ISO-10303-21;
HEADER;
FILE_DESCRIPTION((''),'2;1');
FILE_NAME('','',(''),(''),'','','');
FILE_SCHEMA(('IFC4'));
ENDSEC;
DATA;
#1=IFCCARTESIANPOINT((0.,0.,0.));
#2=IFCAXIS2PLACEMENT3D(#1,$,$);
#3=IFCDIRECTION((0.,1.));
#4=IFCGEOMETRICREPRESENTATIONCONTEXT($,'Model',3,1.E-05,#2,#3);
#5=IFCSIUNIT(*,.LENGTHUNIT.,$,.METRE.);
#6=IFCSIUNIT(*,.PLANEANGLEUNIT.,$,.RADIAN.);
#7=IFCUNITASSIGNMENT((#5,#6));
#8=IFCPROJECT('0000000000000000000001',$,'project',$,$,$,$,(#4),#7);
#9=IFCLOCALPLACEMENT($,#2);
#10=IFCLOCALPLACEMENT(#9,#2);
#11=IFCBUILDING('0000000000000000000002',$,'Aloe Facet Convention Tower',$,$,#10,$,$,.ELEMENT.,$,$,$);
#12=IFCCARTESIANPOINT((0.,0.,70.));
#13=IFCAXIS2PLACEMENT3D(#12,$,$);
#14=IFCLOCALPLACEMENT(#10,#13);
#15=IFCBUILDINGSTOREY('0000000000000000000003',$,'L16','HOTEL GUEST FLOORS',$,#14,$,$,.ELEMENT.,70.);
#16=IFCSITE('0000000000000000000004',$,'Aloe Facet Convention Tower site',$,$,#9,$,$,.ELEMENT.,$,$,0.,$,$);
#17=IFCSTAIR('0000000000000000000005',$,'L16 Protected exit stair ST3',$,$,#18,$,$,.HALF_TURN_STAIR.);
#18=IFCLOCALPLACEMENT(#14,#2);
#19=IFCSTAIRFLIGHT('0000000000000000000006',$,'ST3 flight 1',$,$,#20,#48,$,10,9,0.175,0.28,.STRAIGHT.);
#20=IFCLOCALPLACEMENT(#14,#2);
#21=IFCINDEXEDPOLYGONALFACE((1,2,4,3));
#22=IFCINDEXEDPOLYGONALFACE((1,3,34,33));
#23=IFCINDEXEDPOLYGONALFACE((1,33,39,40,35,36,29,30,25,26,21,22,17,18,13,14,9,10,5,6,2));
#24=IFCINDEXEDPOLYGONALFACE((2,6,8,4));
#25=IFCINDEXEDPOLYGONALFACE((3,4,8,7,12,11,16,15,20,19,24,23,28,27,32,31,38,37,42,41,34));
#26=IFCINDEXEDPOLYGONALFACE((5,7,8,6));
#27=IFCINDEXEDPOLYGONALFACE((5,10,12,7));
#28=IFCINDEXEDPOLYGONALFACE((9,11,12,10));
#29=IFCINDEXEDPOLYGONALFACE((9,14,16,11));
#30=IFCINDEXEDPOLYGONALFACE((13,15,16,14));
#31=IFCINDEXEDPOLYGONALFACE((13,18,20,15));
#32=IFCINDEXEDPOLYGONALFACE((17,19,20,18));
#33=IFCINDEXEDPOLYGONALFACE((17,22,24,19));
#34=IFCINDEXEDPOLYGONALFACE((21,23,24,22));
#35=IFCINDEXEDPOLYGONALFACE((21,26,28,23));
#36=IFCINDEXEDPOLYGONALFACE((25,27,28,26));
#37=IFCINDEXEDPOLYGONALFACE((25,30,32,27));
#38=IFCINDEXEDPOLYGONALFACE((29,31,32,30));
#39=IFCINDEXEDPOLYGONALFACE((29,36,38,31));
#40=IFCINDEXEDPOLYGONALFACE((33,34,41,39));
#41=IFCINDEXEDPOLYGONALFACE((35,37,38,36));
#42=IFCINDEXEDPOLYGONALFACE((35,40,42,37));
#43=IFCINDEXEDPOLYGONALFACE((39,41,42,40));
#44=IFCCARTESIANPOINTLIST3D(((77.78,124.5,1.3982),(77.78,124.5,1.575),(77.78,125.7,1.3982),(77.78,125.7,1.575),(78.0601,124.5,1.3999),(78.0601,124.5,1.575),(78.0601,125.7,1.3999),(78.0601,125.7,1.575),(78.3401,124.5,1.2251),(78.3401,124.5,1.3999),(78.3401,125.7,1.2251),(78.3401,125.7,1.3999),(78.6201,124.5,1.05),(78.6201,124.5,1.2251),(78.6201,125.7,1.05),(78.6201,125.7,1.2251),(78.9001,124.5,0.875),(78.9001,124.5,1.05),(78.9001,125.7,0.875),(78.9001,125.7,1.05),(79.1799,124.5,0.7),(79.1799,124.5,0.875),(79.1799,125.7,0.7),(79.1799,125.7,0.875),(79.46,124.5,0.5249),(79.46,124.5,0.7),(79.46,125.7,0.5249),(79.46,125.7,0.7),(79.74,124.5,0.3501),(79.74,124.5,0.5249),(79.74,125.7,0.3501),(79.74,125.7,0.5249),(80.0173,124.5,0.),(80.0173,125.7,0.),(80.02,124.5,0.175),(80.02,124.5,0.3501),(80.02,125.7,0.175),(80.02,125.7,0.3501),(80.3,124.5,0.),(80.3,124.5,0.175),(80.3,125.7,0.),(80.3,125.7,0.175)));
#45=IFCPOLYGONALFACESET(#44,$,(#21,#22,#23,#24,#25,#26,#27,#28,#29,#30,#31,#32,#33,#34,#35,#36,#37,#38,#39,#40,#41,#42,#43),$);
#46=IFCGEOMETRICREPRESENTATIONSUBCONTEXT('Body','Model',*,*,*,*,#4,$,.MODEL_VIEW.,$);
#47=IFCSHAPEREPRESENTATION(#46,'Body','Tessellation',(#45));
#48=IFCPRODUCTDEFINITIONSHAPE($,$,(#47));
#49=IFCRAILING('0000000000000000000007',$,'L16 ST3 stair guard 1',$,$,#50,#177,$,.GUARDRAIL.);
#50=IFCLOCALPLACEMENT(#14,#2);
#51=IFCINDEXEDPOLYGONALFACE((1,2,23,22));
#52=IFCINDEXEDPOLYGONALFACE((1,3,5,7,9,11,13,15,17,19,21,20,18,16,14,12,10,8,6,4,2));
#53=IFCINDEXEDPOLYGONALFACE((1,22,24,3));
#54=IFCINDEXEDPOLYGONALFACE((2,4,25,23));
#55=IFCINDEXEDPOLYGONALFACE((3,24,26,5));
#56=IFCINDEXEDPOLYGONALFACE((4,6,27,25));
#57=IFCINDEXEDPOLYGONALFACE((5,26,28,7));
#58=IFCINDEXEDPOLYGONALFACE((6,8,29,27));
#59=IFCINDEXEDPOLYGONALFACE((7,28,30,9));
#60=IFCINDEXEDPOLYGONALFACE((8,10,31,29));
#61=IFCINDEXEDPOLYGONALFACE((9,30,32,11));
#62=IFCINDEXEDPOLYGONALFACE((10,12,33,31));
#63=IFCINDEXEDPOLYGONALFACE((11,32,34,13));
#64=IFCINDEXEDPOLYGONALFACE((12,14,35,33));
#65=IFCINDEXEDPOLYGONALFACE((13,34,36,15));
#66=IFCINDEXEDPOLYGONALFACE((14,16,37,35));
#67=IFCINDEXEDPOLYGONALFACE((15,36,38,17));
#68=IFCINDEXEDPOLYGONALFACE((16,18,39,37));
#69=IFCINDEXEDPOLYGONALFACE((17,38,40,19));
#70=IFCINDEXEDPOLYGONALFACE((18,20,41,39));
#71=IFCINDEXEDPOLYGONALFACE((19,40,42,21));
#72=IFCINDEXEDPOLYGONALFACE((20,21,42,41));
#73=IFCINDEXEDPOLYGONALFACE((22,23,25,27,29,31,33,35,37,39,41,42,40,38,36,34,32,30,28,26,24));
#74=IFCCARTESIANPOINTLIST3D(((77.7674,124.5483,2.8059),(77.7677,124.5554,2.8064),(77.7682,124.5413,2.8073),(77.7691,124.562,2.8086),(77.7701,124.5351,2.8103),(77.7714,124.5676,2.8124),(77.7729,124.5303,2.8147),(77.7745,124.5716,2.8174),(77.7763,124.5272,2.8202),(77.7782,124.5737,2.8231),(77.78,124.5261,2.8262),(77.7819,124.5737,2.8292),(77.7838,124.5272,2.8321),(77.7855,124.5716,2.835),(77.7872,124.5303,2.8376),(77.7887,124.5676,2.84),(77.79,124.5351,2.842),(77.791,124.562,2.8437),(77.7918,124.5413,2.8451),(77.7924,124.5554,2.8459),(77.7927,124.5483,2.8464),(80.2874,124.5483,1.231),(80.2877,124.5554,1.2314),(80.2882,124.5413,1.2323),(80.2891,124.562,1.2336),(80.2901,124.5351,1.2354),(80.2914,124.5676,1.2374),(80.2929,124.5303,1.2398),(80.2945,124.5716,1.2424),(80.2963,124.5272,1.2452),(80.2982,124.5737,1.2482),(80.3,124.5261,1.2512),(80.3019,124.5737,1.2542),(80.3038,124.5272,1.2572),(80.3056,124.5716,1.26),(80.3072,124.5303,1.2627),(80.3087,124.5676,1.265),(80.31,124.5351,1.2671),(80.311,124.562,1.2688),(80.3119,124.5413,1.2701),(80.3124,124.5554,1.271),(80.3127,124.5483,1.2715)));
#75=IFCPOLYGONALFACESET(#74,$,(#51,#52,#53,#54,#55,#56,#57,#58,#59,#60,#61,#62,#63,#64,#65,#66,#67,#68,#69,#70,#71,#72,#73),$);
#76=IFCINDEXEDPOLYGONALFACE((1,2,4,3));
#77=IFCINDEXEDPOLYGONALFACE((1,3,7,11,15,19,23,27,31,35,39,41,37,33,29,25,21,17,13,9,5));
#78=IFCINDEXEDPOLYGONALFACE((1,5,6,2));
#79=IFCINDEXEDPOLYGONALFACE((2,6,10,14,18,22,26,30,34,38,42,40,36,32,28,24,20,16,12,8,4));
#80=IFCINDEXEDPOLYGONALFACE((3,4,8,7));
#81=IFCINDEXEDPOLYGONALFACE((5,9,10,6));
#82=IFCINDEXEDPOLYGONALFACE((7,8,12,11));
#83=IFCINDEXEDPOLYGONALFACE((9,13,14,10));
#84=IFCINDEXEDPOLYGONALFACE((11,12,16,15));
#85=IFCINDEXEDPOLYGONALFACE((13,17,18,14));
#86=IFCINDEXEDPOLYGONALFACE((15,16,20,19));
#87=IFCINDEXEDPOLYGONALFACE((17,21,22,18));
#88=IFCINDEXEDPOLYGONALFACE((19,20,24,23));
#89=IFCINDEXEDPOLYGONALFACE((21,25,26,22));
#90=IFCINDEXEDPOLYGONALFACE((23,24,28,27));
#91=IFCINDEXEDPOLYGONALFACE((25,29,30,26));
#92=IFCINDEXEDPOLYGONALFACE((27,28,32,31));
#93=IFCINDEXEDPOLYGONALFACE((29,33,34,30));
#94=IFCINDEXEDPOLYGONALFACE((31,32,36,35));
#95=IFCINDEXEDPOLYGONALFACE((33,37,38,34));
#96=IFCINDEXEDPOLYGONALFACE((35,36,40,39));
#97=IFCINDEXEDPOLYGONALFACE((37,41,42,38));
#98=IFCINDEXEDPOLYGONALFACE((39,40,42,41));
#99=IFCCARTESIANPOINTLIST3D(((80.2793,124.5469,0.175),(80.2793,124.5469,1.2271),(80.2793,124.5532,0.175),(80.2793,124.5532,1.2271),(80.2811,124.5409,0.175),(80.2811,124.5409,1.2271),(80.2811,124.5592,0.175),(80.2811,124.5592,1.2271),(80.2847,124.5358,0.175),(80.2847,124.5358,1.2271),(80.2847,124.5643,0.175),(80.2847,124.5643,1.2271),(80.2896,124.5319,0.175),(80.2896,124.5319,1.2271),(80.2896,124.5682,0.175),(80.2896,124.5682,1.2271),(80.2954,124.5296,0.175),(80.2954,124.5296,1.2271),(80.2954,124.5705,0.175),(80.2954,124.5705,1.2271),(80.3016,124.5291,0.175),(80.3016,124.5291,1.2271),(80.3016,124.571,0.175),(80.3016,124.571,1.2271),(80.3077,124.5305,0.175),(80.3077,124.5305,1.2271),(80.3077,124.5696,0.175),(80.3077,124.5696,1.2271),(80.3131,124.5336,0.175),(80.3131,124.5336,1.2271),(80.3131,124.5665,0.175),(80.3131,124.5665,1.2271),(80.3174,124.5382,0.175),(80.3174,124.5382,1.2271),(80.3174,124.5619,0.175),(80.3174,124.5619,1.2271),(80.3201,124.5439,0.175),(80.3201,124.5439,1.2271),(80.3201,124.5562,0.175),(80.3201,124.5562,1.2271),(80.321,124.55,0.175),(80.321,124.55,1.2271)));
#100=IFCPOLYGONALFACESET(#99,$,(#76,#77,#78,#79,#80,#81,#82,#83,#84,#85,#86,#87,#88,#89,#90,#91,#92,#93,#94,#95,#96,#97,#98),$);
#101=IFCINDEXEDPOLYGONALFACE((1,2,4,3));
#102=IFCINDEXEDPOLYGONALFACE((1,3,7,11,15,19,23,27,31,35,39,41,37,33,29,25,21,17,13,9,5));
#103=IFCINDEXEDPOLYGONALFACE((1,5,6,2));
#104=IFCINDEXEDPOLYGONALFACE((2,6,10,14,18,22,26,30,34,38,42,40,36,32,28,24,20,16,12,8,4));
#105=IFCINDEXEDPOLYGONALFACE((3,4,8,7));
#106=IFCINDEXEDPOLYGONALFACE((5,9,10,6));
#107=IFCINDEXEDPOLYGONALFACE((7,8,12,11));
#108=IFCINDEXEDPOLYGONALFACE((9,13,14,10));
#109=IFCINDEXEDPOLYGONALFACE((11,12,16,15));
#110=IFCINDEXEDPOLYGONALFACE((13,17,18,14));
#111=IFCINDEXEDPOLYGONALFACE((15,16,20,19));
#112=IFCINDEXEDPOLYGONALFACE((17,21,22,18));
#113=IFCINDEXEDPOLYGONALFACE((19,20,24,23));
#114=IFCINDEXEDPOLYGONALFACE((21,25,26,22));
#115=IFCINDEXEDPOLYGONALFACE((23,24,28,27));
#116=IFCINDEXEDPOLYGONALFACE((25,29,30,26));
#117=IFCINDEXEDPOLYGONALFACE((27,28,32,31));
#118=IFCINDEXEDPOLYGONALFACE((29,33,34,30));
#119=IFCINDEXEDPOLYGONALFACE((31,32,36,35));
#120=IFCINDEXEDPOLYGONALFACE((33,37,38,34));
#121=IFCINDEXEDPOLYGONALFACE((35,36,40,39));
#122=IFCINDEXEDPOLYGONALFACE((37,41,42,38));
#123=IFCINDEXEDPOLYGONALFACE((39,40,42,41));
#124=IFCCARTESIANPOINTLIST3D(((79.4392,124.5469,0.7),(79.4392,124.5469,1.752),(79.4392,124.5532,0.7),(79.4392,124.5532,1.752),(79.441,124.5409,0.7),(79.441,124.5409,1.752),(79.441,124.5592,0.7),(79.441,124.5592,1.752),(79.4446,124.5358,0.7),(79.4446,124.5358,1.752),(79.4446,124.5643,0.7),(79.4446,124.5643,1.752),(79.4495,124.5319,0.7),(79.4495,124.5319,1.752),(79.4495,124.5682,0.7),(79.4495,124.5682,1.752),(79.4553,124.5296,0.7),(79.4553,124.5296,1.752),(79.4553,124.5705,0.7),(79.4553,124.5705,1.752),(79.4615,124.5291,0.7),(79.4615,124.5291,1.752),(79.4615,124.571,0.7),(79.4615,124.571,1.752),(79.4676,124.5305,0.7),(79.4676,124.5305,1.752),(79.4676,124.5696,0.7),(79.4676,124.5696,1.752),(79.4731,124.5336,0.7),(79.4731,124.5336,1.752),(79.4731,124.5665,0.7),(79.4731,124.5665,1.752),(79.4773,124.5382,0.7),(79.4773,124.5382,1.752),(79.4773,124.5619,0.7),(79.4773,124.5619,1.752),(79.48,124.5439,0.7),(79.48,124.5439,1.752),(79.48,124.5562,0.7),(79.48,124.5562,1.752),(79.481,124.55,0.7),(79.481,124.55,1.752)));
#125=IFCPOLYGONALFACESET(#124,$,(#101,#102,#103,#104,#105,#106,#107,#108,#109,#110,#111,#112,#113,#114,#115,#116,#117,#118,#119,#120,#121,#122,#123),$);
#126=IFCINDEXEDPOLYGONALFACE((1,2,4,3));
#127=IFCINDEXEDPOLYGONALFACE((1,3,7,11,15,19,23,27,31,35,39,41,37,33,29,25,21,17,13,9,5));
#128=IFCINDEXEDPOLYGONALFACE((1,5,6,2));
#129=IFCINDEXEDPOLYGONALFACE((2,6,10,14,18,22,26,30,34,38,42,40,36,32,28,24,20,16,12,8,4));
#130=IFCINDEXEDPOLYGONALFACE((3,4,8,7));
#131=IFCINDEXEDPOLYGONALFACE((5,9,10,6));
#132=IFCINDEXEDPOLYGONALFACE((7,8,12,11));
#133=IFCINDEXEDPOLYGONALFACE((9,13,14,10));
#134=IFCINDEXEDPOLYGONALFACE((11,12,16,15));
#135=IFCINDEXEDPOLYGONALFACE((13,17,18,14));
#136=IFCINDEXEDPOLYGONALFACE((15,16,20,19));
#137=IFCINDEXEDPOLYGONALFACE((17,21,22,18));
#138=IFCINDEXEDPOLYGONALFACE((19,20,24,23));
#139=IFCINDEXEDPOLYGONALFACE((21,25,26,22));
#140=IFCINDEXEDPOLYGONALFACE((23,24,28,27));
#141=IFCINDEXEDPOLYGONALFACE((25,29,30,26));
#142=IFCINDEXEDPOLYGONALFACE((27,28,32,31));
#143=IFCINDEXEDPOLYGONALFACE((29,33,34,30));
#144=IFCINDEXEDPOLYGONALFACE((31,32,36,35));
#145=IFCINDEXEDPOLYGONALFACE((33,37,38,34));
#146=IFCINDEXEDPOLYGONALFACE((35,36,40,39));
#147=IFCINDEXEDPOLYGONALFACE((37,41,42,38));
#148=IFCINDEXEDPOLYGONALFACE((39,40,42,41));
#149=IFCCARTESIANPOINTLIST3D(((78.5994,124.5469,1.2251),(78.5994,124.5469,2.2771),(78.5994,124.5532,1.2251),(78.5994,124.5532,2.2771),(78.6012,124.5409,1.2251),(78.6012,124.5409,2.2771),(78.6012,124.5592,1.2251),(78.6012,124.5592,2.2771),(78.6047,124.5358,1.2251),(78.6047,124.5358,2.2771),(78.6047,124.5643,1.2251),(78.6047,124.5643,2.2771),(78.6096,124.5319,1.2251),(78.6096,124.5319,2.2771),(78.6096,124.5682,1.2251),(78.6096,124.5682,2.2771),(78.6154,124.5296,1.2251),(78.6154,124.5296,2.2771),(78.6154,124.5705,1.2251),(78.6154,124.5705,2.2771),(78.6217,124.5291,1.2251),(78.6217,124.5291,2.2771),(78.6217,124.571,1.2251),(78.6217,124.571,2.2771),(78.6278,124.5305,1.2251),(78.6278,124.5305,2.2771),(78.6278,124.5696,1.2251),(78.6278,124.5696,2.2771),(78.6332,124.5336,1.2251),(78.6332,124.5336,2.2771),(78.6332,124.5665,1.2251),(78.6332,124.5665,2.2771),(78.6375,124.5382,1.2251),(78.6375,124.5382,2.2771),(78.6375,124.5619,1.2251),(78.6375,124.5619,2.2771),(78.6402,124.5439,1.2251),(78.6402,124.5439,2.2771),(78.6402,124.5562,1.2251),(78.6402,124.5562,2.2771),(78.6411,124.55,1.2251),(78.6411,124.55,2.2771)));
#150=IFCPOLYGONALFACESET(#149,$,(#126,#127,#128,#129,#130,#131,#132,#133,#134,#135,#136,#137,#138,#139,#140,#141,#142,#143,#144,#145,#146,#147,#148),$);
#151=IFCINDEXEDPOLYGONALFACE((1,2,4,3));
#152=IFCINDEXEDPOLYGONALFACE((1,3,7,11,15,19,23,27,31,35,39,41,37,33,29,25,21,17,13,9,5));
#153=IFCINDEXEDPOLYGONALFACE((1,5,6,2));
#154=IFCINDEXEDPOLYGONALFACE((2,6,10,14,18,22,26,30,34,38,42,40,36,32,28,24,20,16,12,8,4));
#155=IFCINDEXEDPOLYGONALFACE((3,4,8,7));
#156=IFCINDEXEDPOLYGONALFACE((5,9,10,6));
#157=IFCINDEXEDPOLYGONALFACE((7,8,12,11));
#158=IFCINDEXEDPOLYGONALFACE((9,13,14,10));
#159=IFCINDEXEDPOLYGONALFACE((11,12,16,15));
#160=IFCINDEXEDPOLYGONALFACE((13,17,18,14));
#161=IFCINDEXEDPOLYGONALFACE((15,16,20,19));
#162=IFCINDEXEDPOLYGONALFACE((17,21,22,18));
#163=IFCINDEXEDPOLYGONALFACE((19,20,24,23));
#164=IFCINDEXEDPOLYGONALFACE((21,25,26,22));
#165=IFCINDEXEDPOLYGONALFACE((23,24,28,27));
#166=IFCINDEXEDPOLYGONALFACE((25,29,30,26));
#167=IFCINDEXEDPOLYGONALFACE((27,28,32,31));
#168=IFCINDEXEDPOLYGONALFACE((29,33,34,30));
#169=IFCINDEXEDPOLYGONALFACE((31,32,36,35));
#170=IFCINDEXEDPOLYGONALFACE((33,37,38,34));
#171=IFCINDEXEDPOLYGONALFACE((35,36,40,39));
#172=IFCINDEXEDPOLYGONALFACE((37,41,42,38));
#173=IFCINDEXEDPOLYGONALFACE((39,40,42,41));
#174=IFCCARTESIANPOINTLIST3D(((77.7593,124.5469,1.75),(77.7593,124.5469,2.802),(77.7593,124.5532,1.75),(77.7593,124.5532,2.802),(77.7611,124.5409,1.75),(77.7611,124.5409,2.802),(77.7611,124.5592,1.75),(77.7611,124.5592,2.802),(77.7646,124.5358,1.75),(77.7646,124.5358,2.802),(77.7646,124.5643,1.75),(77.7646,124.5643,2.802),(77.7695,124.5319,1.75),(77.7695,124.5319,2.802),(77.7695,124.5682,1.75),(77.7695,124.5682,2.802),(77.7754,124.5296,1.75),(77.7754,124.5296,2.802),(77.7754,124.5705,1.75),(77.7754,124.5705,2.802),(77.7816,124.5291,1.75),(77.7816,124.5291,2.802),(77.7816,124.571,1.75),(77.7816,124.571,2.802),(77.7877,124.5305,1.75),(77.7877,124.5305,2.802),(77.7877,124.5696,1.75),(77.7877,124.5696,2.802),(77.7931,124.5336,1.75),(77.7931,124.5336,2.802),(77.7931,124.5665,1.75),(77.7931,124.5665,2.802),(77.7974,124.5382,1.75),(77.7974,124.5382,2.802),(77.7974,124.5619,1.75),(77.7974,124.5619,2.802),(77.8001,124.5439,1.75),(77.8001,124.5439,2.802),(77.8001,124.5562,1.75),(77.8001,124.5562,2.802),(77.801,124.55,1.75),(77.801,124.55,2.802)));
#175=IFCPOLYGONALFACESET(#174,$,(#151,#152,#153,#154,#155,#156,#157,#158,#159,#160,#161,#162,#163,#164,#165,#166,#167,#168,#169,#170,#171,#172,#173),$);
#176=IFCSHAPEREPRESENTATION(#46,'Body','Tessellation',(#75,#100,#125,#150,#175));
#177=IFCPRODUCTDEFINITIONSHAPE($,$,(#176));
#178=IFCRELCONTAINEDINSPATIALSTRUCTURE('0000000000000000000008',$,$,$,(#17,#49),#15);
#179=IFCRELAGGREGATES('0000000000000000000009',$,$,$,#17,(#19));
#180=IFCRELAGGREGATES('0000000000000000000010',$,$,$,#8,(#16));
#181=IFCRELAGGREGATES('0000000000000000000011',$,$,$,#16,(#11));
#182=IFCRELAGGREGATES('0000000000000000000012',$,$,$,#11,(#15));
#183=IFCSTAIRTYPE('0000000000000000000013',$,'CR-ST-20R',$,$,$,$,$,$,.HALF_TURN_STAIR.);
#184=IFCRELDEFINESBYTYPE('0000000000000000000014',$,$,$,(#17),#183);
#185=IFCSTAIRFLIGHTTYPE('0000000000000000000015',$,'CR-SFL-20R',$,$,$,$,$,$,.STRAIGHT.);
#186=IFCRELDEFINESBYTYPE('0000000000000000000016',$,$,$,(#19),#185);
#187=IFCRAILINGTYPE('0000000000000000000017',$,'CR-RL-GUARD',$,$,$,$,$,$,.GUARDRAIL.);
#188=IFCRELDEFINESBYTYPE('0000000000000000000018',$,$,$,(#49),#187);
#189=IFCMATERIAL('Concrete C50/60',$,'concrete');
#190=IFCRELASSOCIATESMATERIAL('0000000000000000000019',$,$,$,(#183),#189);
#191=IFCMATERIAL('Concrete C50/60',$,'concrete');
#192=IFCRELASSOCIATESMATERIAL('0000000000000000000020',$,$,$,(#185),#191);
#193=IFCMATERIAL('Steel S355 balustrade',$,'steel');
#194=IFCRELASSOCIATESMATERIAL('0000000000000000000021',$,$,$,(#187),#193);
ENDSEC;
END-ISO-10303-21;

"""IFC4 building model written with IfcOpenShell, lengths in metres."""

from ifc_helpers import new_model, si_unit, direction, frame, origin, origin_2d, place, context, subcontext, project, spatial, polyline, circle, outline, extrude, material, type_object, element, aggregate, save


model = new_model("IFC4")

# Units and contexts
model_context = context("Model", 3, precision=1e-05, world=origin(), true_north=direction((0.0, 1.0)))
body_context = subcontext(model_context, "Body", "Model", "MODEL_VIEW")
ifc_project = project(units=[si_unit("LENGTHUNIT", "METRE"), si_unit("PLANEANGLEUNIT", "RADIAN")], contexts=[model_context])

# Site, building, storey
site_placement = place(None, origin())
site = spatial("IfcSite", under=ifc_project, at=site_placement, Name="Aloe Facet Convention Tower site", CompositionType="ELEMENT", RefElevation=0.0)
building_placement = place(site_placement, origin())
building = spatial("IfcBuilding", under=site, at=building_placement, Name="Aloe Facet Convention Tower", CompositionType="ELEMENT")
storey_placement = place(building_placement, frame((0.0, 0.0, 70.0)))
storey = spatial("IfcBuildingStorey", under=building, at=storey_placement, Name="L16", Description="HOTEL GUEST FLOORS", CompositionType="ELEMENT", Elevation=70.0)

# Stair, stair flight
ifc_material_1 = material(Name="Concrete C50/60", Category="concrete")
stair_type = type_object("IfcStairType", Name="CR-ST-20R", PredefinedType="HALF_TURN_STAIR", material=ifc_material_1)
stair_placement = place(storey_placement, origin())
stair = element("IfcStair", 1, at=stair_placement, inside=storey, type_object=stair_type, Name="L16 Protected exit stair ST3", PredefinedType="HALF_TURN_STAIR")
ifc_material_2 = material(Name="Concrete C50/60", Category="concrete")
stair_flight_type = type_object("IfcStairFlightType", Name="CR-SFL-20R", PredefinedType="STRAIGHT", material=ifc_material_2)
stair_flight_placement = place(storey_placement, frame((80.3, 125.1001, 0.0), z_axis=(0.0, 0.0, 1.0), x_axis=(-1.0, 0.0, 0.0)))
stair_flight = element("IfcStairFlight", 2, at=stair_flight_placement, type_object=stair_flight_type, Name="ST3 flight 1", NumberOfRisers=10, NumberOfTreads=9, PredefinedType="STRAIGHT", RiserHeight=0.175, TreadLength=0.28, context=body_context, shape_type="SweptSolid", body=[
    extrude(outline(polyline([(0.0, 0.0), (0.0, 0.175), (0.28, 0.175), (0.28, 0.3501), (0.5601, 0.3501), (0.5601, 0.5249), (0.8401, 0.5249), (0.8401, 0.7), (1.1201, 0.7), (1.1201, 0.875), (1.3999, 0.875), (1.3999, 1.05), (1.6799, 1.05), (1.6799, 1.2251), (1.96, 1.2251), (1.96, 1.3999), (2.24, 1.3999), (2.24, 1.575), (2.52, 1.575), (2.52, 1.75), (2.52, 1.3982), (0.2827, 0.0), (0.0, 0.0)])), frame((0.0, 0.6001, 0.0), z_axis=(0.0, -1.0, 0.0), x_axis=(1.0, 0.0, 0.0)), (0.0, 0.0, 1.0), 1.2),
])
aggregate(stair, [stair_flight])

# Railing
ifc_material_3 = material(Name="Steel S355 balustrade", Category="steel")
railing_type_1 = type_object("IfcRailingType", Name="CR-RL-GUARD", PredefinedType="GUARDRAIL", material=ifc_material_3)
railing_1_placement = place(storey_placement, frame((80.3, 124.55, 0.175)))
element("IfcRailing", 3, at=railing_1_placement, inside=storey, type_object=railing_type_1, Name="L16 ST3 stair guard 1", PredefinedType="GUARDRAIL", context=body_context, shape_type="SweptSolid", body=[
    extrude(circle(Radius=0.0239, at=origin_2d()), frame((0.0, 0.0, 1.0762), z_axis=(-0.848008, 0.0, 0.529984), x_axis=(0.0, -1.0, 0.0)), (0.0, 0.0, 1.0), 2.9717),
    extrude(circle(Radius=0.021, at=origin_2d()), origin(), (0.0, 0.0, 1.0), 1.052),
    extrude(circle(Radius=0.021, at=origin_2d()), frame((-0.8401, 0.0, 0.5249)), (0.0, 0.0, 1.0), 1.052),
    extrude(circle(Radius=0.021, at=origin_2d()), frame((-1.6799, 0.0, 1.05)), (0.0, 0.0, 1.0), 1.052),
    extrude(circle(Radius=0.021, at=origin_2d()), frame((-2.52, 0.0, 1.575)), (0.0, 0.0, 1.0), 1.052),
])

save(model, "model.ifc")
